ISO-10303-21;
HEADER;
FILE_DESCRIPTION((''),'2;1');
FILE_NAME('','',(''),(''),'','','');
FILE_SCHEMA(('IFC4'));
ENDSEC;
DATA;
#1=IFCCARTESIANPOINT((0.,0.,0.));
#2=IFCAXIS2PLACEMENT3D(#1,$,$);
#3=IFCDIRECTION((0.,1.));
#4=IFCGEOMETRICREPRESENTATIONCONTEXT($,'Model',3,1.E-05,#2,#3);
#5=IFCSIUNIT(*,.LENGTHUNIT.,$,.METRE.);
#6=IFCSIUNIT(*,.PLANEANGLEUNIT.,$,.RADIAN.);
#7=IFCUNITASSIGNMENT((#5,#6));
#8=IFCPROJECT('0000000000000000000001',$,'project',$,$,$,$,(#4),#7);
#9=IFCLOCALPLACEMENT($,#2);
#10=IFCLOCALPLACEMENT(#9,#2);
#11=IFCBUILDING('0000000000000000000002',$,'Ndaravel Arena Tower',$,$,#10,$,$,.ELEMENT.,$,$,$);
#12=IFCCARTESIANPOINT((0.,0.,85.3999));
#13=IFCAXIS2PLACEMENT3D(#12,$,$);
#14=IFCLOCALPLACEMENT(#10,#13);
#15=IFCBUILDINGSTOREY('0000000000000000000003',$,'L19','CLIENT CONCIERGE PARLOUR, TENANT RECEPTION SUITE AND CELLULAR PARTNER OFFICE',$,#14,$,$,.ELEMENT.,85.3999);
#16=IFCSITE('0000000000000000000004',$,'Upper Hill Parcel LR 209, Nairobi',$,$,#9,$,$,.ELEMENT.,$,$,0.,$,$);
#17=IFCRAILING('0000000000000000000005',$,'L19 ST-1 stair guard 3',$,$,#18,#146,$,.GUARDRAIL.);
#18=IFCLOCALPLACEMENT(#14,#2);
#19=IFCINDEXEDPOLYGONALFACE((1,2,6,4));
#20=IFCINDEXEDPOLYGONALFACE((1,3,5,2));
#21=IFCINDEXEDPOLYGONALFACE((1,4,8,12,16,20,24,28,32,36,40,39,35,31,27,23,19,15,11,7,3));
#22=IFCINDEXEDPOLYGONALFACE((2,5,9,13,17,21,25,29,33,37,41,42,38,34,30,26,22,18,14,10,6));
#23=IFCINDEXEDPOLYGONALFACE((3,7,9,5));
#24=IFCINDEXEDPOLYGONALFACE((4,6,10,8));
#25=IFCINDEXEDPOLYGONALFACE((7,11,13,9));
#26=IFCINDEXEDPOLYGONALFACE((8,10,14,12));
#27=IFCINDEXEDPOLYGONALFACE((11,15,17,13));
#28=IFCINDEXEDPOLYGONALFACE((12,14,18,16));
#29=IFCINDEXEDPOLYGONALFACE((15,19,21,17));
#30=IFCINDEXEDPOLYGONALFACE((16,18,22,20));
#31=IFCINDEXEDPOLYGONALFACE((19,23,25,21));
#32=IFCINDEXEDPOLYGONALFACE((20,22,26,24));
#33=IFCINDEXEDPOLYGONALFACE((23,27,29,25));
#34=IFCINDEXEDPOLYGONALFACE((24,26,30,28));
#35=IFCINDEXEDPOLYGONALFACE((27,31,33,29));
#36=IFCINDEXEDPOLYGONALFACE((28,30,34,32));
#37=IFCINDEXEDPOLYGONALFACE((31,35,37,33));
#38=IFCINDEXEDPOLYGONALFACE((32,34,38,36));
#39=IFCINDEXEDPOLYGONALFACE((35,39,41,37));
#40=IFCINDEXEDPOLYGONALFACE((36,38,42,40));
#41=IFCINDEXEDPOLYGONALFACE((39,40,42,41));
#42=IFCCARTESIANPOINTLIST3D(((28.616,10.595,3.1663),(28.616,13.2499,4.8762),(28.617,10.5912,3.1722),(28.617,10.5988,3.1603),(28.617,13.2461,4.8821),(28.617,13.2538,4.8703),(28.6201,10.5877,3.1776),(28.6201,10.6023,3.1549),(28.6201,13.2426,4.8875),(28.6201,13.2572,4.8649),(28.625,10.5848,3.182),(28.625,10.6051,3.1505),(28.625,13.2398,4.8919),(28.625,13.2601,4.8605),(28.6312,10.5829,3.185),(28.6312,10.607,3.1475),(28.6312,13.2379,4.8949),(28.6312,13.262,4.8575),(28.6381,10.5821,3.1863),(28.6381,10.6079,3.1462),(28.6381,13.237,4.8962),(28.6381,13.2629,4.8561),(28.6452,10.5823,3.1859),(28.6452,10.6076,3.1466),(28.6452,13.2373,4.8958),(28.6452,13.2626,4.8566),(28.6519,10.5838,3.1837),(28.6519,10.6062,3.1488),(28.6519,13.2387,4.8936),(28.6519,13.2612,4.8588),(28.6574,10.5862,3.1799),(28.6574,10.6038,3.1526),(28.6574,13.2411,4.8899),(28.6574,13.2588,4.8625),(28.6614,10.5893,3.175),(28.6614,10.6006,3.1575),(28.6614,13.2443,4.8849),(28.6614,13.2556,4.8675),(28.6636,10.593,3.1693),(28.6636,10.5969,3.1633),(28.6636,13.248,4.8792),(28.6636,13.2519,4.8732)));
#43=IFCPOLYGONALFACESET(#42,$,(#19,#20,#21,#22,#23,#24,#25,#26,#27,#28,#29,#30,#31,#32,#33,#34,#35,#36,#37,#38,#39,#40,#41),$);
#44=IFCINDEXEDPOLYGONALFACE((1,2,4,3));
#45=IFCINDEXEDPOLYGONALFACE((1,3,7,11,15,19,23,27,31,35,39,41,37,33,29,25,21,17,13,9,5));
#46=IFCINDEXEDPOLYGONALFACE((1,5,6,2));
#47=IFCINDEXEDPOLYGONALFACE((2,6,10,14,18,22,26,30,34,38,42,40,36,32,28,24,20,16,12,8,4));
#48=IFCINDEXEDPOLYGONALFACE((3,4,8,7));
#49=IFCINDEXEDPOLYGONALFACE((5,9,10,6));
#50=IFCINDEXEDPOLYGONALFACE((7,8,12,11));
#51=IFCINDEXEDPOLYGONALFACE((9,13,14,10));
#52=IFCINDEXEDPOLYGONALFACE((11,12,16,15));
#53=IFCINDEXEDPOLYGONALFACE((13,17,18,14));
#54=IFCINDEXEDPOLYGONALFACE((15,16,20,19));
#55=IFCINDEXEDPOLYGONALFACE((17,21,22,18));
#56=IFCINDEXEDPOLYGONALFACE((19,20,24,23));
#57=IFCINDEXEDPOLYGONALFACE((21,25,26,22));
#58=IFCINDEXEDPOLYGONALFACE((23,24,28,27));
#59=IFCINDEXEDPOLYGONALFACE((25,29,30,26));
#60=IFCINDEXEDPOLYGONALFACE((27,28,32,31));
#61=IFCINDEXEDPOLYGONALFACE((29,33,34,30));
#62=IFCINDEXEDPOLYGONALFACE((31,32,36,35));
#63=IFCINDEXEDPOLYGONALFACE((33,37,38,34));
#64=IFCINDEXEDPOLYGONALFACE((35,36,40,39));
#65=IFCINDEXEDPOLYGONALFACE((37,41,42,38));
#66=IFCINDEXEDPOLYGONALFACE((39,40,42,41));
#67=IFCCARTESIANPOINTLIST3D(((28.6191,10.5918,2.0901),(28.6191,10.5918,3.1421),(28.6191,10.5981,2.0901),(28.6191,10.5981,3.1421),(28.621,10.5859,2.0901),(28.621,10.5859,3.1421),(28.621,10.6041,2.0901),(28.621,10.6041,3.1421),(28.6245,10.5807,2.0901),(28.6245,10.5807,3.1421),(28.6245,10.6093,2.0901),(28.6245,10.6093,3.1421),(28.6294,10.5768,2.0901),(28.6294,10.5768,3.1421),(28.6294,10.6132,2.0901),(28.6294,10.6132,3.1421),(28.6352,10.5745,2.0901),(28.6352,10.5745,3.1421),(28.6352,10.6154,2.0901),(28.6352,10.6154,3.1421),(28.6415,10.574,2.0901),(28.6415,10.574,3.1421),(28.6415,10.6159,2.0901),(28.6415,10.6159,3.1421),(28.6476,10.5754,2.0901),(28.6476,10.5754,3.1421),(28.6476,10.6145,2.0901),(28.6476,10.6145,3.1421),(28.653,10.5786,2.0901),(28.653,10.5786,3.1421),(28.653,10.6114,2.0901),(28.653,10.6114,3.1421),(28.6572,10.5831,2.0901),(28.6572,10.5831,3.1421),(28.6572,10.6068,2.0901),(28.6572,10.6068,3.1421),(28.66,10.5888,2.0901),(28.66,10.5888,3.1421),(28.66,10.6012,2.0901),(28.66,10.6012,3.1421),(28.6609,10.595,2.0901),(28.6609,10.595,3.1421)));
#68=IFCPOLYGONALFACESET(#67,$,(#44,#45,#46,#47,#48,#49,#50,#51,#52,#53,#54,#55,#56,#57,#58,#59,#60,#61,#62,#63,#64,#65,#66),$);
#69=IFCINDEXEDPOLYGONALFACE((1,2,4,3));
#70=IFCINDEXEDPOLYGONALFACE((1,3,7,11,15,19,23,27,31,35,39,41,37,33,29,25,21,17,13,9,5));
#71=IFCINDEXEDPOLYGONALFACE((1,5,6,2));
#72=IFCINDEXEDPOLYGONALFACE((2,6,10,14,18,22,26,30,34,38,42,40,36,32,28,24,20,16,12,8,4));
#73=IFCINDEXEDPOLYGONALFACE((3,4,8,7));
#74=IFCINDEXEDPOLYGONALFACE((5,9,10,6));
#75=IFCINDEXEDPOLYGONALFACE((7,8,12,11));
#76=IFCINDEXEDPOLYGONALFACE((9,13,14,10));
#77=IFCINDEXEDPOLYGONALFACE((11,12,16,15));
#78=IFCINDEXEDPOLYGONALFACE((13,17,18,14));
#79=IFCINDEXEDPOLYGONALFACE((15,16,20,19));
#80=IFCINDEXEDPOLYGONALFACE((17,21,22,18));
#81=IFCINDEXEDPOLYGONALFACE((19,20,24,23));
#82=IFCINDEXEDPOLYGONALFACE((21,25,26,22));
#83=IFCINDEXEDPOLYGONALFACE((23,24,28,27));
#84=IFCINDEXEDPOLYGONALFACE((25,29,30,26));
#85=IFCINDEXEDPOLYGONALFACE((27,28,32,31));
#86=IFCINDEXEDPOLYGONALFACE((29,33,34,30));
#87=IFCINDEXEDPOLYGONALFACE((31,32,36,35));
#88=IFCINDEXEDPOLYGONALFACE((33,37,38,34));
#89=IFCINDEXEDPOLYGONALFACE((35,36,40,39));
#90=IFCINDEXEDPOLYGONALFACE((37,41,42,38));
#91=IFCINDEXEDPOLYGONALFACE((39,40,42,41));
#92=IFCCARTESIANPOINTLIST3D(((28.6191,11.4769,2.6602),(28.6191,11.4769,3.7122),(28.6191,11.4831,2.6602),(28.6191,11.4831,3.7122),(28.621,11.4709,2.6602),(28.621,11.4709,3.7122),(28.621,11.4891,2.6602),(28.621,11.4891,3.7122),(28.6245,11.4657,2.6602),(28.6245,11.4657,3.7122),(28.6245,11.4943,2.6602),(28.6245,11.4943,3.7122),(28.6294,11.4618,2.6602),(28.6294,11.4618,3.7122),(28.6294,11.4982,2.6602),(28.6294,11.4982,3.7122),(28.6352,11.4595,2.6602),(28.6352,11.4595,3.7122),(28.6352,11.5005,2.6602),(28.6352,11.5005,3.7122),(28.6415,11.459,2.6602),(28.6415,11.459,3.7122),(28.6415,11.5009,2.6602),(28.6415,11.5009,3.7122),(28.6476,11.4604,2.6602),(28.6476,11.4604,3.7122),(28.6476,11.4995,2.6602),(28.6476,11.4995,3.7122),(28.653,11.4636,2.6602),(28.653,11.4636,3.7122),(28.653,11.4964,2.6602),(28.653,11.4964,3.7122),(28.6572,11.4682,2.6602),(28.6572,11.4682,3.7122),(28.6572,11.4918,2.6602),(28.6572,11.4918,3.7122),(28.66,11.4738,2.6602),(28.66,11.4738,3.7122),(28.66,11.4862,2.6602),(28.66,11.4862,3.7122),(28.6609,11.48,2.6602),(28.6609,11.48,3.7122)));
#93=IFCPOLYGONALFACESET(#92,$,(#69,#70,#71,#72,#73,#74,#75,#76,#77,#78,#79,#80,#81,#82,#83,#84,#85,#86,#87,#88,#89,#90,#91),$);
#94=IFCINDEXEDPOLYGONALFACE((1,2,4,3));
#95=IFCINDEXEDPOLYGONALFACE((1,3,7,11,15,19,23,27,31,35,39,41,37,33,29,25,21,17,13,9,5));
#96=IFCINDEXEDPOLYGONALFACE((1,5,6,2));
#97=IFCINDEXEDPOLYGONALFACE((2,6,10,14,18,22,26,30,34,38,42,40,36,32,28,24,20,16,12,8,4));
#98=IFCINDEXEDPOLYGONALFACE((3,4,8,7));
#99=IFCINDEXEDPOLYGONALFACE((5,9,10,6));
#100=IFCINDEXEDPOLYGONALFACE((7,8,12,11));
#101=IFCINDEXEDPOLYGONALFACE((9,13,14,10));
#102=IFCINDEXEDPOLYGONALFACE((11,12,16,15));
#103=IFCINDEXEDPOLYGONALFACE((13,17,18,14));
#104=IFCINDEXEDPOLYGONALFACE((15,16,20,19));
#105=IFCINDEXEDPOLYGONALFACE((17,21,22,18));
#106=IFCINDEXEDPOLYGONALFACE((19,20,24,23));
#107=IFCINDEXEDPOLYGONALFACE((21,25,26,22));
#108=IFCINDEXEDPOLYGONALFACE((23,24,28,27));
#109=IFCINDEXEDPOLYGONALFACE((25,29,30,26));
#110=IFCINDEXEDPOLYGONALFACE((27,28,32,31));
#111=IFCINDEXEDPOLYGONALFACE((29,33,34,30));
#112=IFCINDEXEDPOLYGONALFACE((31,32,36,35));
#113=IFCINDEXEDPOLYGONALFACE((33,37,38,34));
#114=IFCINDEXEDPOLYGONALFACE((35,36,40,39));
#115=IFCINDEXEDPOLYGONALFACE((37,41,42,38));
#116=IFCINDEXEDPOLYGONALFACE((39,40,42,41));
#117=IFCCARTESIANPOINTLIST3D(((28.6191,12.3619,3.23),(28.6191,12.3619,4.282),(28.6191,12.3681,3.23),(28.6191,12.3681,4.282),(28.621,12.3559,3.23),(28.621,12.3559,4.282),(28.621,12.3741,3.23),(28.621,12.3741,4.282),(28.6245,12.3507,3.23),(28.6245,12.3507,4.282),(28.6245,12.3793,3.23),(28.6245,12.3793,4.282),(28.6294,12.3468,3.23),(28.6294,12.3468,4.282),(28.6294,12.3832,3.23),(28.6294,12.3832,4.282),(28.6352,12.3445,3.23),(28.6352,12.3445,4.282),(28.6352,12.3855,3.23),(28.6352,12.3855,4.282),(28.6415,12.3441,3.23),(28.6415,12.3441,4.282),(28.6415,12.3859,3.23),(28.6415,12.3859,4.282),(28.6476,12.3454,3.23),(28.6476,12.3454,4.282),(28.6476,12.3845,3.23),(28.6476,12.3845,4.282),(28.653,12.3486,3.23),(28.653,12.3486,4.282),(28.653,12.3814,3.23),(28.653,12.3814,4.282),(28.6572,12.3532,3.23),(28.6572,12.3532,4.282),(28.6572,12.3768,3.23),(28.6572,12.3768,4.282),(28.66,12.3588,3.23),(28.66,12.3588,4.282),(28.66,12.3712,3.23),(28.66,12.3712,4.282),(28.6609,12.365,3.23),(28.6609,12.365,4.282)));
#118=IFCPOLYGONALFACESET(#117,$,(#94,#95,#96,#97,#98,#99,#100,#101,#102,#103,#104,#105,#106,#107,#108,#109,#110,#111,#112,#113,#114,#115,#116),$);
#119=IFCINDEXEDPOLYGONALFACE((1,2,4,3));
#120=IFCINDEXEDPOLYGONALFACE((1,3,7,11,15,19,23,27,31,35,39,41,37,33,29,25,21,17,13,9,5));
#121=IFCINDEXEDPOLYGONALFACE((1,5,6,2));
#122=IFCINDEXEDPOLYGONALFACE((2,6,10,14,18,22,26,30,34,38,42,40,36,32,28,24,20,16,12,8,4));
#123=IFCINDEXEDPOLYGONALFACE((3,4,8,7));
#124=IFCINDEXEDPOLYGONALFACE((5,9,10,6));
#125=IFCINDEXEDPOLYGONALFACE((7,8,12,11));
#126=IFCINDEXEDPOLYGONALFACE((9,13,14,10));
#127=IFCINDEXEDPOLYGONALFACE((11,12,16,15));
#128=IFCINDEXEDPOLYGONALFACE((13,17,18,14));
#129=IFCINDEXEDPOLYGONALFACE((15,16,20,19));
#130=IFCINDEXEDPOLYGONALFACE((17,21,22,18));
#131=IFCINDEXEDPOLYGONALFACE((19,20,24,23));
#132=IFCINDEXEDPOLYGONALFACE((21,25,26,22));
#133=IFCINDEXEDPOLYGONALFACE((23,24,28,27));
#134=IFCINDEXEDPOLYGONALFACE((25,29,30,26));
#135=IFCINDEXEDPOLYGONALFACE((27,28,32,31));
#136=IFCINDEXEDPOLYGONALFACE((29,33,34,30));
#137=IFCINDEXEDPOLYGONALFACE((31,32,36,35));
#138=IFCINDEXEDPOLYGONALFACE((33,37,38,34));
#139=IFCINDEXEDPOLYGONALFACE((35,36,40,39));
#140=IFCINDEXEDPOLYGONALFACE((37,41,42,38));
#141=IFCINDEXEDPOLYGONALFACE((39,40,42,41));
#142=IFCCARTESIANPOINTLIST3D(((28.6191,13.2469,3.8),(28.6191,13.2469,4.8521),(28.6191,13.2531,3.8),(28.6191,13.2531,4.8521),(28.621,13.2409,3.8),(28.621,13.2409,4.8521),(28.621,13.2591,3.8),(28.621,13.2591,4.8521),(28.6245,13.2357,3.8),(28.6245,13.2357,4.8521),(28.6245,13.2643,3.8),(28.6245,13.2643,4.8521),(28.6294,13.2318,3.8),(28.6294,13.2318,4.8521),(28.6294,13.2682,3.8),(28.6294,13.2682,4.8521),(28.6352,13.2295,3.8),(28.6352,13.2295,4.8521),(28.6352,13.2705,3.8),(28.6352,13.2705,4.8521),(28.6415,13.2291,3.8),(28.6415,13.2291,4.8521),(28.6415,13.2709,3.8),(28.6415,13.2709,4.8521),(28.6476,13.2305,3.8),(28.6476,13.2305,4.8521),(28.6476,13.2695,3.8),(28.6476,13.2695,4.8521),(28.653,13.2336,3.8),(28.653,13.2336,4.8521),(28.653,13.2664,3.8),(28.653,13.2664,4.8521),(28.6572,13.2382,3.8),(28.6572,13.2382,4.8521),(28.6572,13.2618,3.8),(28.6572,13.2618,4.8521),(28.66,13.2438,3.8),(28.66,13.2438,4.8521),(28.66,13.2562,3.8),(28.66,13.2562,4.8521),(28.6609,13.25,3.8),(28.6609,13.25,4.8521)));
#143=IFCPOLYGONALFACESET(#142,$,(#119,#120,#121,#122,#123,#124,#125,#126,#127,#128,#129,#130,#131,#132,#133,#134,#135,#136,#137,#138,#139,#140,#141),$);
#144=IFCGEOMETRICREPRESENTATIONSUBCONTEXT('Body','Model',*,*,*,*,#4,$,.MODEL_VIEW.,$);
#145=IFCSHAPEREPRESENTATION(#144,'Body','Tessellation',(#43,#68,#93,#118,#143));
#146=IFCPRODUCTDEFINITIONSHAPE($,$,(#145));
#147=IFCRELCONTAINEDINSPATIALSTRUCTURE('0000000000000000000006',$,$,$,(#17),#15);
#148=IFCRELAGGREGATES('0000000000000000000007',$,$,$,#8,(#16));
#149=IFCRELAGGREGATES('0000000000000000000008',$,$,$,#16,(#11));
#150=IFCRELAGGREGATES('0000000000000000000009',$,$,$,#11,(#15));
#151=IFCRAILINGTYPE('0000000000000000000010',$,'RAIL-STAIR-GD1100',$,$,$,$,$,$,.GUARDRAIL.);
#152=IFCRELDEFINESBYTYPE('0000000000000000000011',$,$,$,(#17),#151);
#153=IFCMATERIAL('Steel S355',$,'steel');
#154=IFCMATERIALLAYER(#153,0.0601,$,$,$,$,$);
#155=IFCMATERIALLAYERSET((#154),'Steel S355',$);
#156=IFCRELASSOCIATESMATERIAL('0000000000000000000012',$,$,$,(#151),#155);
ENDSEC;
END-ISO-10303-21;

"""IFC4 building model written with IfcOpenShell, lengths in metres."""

from ifc_helpers import new_model, si_unit, direction, frame, origin, origin_2d, place, context, subcontext, project, spatial, circle, extrude, material, layer, layer_set, type_object, element, save


model = new_model("IFC4")

# Units and contexts
model_context = context("Model", 3, precision=1e-05, world=origin(), true_north=direction((0.0, 1.0)))
body_context = subcontext(model_context, "Body", "Model", "MODEL_VIEW")
ifc_project = project(units=[si_unit("LENGTHUNIT", "METRE"), si_unit("PLANEANGLEUNIT", "RADIAN")], contexts=[model_context])

# Site, building, storey
site_placement = place(None, origin())
site = spatial("IfcSite", under=ifc_project, at=site_placement, Name="Upper Hill Parcel LR 209, Nairobi", CompositionType="ELEMENT", RefElevation=0.0)
building_placement = place(site_placement, origin())
building = spatial("IfcBuilding", under=site, at=building_placement, Name="Ndaravel Arena Tower", CompositionType="ELEMENT")
storey_placement = place(building_placement, frame((0.0, 0.0, 85.3999)))
storey = spatial("IfcBuildingStorey", under=building, at=storey_placement, Name="L19", Description="CLIENT CONCIERGE PARLOUR, TENANT RECEPTION SUITE AND CELLULAR PARTNER OFFICE", CompositionType="ELEMENT", Elevation=85.3999)

# Railing
ifc_material_1 = material(Name="Steel S355", Category="steel")
ifc_layer_1 = layer(ifc_material_1, 0.0601)
ifc_layer_set_1 = layer_set([ifc_layer_1], Name="Steel S355")
railing_type_1 = type_object("IfcRailingType", Name="RAIL-STAIR-GD1100", PredefinedType="GUARDRAIL", material=ifc_layer_set_1)
railing_1_placement = place(storey_placement, frame((28.6399, 10.595, 2.0901)))
element("IfcRailing", 1, at=railing_1_placement, inside=storey, type_object=railing_type_1, Name="L19 ST-1 stair guard 3", PredefinedType="GUARDRAIL", context=body_context, shape_type="SweptSolid", body=[
    extrude(circle(Radius=0.0239, at=origin_2d()), frame((0.0, 0.0, 1.0762), z_axis=(0.0, 0.840724, 0.541465), x_axis=(-1.0, 0.0, 0.0)), (0.0, 0.0, 1.0), 3.158),
    extrude(circle(Radius=0.021, at=origin_2d()), origin(), (0.0, 0.0, 1.0), 1.052),
    extrude(circle(Radius=0.021, at=origin_2d()), frame((0.0, 0.885, 0.5701)), (0.0, 0.0, 1.0), 1.052),
    extrude(circle(Radius=0.021, at=origin_2d()), frame((0.0, 1.77, 1.1399)), (0.0, 0.0, 1.0), 1.052),
    extrude(circle(Radius=0.021, at=origin_2d()), frame((0.0, 2.655, 1.71)), (0.0, 0.0, 1.0), 1.052),
])

save(model, "model.ifc")
